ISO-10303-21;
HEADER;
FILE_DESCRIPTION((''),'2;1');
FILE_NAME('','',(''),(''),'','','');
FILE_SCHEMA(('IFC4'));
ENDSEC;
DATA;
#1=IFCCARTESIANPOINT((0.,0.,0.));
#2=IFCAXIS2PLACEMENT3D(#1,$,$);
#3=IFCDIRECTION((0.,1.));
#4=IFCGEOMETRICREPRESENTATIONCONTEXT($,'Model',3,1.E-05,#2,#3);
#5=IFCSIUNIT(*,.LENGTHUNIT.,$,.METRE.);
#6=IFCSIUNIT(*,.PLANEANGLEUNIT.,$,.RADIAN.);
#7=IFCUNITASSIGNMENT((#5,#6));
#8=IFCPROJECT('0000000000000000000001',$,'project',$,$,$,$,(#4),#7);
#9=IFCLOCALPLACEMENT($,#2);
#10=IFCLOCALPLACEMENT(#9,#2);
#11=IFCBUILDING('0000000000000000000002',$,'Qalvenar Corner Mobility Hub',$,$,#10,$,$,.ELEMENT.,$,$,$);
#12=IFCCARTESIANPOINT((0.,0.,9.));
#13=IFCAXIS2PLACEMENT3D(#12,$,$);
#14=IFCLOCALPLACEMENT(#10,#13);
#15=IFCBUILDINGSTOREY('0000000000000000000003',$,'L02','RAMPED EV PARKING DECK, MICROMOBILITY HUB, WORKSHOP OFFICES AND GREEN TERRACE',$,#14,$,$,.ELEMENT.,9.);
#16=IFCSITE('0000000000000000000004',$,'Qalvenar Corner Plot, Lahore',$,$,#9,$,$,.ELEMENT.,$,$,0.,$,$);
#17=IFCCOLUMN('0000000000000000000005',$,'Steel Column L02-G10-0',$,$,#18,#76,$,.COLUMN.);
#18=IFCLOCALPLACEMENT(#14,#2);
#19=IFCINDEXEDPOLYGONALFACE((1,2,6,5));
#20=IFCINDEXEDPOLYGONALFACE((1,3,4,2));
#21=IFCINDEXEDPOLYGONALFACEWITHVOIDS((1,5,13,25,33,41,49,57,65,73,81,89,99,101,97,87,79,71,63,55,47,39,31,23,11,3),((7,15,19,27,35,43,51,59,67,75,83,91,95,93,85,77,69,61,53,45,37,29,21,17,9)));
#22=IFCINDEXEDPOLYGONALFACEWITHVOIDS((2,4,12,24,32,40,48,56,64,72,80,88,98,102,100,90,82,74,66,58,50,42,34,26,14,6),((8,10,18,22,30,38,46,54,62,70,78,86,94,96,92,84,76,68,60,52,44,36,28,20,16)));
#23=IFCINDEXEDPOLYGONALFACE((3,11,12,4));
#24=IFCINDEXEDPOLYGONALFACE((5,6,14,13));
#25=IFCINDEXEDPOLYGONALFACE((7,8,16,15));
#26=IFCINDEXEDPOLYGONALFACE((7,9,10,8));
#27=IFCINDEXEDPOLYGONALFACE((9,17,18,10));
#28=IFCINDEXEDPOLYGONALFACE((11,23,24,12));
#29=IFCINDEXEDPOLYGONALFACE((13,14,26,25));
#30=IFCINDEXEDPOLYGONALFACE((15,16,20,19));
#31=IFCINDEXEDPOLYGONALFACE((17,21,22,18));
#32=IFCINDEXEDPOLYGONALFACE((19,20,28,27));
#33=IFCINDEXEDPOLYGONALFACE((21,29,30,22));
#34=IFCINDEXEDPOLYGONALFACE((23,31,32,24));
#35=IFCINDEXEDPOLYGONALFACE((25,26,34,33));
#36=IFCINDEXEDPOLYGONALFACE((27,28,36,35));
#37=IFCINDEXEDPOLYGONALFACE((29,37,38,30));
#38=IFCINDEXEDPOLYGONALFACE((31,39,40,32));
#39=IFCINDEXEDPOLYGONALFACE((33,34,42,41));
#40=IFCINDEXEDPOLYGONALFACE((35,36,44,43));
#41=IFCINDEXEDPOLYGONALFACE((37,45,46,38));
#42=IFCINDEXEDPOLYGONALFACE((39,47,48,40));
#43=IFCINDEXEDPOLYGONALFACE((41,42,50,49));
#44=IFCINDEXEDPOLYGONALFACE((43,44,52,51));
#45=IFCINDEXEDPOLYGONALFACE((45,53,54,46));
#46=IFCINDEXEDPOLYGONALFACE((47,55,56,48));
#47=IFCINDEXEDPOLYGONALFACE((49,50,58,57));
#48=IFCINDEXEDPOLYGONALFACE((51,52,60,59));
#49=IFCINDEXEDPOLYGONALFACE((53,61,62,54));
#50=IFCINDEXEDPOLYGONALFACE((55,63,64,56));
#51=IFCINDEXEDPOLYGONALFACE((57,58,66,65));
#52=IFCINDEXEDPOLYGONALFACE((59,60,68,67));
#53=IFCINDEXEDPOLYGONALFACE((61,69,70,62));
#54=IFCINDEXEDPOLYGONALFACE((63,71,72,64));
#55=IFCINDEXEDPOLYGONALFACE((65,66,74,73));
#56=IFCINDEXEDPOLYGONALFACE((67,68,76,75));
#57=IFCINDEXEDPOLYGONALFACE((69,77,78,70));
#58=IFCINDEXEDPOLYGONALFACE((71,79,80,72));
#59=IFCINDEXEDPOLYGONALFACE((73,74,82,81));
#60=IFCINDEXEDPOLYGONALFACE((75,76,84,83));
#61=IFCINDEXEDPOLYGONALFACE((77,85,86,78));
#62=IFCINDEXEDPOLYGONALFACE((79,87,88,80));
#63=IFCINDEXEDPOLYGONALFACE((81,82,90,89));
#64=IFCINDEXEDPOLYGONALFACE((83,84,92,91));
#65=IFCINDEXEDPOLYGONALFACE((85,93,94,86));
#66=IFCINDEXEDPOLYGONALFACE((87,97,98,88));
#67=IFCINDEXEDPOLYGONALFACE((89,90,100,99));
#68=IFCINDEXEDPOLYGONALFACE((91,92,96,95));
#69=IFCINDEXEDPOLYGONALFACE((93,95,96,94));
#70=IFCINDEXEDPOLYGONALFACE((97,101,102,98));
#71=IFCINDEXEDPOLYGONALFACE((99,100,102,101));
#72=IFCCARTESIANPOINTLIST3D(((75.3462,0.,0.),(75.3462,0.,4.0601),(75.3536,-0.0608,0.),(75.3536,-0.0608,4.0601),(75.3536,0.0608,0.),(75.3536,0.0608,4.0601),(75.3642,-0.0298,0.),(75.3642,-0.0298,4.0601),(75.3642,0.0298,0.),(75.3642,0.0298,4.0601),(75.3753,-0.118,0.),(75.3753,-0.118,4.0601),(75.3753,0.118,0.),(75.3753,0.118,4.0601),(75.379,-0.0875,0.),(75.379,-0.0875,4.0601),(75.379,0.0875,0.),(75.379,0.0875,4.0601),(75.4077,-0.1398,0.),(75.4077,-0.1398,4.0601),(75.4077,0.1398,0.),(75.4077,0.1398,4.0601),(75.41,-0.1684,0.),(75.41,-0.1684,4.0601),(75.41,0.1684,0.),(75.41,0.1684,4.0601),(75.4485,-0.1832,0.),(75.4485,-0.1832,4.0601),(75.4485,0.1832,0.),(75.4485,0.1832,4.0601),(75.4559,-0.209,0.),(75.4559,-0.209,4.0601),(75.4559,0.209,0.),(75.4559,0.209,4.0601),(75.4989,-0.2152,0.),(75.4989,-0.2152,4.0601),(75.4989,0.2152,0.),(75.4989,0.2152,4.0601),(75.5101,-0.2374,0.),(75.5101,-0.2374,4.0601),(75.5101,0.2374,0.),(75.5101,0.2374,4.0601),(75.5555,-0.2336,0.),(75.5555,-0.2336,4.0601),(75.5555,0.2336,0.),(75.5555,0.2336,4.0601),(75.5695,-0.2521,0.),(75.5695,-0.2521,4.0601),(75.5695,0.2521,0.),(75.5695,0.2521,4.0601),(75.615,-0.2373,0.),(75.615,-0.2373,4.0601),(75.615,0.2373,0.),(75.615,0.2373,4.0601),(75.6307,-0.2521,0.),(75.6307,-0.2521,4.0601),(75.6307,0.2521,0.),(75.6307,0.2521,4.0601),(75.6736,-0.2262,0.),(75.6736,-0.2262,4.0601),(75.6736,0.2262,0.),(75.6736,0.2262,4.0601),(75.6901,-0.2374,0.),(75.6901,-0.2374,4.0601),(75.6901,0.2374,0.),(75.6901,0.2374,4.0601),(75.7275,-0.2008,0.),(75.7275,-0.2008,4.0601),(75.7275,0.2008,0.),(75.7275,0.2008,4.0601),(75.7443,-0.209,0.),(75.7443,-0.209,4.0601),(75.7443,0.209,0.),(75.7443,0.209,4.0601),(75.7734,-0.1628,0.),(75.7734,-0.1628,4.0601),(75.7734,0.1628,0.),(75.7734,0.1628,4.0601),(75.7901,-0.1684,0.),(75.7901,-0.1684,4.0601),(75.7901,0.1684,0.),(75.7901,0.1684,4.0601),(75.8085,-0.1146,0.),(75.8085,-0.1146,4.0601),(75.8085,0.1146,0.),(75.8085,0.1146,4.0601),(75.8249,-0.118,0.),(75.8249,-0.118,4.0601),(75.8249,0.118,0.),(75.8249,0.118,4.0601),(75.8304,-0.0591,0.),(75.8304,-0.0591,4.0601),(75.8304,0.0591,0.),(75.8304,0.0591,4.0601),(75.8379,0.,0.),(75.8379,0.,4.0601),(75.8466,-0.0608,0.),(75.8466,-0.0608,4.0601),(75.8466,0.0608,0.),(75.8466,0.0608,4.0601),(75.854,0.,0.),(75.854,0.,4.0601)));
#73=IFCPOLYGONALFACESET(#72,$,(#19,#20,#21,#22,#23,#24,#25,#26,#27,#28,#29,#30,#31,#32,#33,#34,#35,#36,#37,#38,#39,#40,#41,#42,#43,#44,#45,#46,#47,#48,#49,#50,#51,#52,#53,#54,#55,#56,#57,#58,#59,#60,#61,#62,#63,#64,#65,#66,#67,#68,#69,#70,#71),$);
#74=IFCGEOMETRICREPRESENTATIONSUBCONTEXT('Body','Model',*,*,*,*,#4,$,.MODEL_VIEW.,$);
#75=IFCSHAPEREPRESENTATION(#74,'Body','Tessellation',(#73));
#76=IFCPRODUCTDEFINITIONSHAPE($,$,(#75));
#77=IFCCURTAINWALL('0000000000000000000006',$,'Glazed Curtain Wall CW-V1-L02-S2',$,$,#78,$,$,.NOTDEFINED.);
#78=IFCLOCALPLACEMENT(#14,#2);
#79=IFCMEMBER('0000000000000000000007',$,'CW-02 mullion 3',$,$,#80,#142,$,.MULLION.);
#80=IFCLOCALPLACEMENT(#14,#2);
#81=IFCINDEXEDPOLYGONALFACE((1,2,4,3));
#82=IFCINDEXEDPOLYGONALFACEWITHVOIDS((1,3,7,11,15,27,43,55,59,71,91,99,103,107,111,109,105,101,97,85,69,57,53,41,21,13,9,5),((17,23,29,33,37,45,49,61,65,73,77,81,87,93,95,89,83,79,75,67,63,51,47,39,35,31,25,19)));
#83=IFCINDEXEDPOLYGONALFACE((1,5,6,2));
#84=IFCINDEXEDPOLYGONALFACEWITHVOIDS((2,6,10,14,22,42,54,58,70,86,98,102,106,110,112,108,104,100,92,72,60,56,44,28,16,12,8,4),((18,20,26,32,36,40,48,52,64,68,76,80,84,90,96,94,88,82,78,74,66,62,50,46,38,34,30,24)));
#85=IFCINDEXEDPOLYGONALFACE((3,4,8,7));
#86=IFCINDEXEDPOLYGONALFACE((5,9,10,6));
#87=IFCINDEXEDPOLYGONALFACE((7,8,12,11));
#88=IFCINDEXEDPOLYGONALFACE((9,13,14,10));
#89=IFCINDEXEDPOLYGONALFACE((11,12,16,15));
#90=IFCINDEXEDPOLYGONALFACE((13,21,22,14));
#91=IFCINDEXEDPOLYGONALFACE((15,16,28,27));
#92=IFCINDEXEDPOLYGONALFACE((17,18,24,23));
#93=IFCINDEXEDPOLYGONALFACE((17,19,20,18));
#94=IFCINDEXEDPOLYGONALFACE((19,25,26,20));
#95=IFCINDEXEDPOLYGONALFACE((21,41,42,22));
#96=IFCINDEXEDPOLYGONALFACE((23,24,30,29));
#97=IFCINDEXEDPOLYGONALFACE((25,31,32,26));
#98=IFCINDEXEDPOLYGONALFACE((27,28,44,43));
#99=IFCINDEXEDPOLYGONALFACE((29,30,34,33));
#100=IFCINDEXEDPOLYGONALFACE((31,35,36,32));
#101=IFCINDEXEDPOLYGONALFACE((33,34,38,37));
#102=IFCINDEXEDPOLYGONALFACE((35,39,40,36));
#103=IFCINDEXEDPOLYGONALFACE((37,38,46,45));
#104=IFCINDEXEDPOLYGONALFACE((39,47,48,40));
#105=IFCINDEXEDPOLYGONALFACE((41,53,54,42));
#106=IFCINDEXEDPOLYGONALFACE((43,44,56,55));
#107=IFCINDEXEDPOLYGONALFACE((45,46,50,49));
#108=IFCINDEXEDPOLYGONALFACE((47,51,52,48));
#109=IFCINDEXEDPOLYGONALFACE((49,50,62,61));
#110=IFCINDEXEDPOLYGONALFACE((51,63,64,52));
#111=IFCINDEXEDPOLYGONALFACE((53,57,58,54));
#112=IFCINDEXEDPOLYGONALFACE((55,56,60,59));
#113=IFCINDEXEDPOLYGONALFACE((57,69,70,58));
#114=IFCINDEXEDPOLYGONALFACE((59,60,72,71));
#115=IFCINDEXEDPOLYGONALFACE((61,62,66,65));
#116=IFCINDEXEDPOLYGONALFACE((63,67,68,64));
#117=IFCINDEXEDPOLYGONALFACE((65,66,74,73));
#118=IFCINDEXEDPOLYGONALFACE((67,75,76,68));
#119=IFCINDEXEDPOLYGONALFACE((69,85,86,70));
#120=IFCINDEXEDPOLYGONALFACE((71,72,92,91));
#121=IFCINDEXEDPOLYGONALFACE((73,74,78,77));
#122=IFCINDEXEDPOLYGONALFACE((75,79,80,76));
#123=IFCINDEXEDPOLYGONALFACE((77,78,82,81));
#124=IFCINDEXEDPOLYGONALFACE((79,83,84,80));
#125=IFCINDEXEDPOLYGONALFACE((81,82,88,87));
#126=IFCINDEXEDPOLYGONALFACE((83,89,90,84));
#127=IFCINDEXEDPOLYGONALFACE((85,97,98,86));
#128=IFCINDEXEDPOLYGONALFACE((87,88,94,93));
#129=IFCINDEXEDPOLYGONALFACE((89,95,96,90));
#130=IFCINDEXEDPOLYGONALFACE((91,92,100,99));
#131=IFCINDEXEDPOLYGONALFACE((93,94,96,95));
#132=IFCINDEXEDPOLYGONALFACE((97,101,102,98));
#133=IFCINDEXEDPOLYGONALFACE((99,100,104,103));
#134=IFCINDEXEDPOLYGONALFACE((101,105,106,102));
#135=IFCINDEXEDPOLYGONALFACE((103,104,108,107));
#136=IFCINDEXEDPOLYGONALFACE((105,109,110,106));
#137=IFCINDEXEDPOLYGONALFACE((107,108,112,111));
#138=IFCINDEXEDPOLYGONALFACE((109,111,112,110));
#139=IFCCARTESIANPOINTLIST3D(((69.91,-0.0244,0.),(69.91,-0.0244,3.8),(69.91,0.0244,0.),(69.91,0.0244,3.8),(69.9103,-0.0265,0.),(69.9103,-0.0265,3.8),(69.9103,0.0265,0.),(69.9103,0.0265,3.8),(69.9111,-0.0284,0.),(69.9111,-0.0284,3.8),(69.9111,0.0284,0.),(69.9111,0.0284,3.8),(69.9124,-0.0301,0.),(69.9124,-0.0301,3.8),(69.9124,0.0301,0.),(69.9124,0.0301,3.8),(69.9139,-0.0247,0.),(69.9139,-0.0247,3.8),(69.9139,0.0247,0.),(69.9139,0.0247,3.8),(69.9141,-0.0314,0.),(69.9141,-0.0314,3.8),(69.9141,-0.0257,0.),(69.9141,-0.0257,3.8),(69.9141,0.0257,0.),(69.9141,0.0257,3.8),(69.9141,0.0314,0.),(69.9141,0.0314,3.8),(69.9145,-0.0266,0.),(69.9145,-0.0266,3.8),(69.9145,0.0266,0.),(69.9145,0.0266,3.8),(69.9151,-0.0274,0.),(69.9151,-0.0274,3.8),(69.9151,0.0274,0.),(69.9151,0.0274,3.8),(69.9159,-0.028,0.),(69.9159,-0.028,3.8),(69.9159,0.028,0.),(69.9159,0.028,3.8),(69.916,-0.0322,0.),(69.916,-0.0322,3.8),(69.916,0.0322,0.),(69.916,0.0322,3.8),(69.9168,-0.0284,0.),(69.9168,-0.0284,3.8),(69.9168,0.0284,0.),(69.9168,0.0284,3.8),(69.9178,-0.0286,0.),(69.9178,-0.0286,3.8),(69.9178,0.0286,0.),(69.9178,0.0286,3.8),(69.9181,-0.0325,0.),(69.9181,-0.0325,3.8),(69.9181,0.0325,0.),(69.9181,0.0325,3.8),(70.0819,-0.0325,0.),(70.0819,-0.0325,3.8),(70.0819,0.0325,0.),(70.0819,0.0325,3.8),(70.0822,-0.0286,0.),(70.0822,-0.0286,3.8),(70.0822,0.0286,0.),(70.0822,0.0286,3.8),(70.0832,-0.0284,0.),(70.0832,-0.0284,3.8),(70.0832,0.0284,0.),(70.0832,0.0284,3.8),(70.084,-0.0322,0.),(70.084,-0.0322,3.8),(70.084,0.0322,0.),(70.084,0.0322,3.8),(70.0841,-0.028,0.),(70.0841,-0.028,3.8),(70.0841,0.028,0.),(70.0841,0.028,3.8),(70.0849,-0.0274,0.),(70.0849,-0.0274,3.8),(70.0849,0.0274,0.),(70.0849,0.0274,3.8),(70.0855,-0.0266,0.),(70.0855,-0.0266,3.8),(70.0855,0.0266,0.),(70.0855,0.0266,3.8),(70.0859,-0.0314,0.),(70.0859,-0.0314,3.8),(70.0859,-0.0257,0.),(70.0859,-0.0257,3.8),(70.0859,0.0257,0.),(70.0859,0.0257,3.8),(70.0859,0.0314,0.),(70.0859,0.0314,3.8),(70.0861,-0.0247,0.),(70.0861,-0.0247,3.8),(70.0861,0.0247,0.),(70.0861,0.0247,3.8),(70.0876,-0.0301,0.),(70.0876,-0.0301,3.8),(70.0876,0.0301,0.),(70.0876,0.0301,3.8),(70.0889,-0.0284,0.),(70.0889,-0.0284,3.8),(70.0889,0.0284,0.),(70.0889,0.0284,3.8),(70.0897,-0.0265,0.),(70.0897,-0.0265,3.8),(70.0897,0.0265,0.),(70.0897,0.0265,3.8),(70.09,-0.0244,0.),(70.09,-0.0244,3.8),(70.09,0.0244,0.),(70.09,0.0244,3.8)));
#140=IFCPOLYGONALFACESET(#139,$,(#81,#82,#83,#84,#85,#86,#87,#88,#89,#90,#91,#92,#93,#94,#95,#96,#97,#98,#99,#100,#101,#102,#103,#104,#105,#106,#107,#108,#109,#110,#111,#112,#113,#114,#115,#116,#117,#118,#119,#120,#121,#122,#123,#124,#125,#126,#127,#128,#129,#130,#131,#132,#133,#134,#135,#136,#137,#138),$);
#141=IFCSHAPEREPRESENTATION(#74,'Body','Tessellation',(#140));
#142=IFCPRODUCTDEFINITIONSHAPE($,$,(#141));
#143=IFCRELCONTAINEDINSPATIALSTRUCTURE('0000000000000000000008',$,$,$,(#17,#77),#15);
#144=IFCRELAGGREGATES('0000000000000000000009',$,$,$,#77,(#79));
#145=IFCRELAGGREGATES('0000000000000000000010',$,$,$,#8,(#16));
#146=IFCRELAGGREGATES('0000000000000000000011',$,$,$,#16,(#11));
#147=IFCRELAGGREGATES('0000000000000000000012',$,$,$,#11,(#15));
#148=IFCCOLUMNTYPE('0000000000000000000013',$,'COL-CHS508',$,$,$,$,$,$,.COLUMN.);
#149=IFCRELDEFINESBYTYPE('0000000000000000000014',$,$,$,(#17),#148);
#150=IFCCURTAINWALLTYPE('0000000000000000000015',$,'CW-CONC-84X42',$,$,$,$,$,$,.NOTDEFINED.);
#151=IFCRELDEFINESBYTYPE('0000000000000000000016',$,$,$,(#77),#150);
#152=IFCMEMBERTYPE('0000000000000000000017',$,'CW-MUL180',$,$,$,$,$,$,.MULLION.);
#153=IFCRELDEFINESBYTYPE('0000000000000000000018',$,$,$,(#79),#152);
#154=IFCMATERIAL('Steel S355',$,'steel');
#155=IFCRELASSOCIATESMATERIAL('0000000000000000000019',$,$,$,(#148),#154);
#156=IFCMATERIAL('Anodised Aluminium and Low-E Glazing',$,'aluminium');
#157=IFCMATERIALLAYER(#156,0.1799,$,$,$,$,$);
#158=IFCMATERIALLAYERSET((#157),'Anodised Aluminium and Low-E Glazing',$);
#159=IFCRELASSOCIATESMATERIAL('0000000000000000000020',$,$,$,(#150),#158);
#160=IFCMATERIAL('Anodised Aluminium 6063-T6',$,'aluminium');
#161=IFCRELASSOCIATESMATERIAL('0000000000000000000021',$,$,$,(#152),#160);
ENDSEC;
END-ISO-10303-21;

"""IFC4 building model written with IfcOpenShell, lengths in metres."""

from ifc_helpers import new_model, si_unit, direction, frame, origin, origin_2d, place, context, subcontext, project, spatial, hollow_rectangle, hollow_circle, extrude, material, layer, layer_set, material_profile, profile_set, type_object, element, aggregate, save


model = new_model("IFC4")

# Units and contexts
model_context = context("Model", 3, precision=1e-05, world=origin(), true_north=direction((0.0, 1.0)))
body_context = subcontext(model_context, "Body", "Model", "MODEL_VIEW")
ifc_project = project(units=[si_unit("LENGTHUNIT", "METRE"), si_unit("PLANEANGLEUNIT", "RADIAN")], contexts=[model_context])

# Site, building, storey
site_placement = place(None, origin())
site = spatial("IfcSite", under=ifc_project, at=site_placement, Name="Qalvenar Corner Plot, Lahore", CompositionType="ELEMENT", RefElevation=0.0)
building_placement = place(site_placement, origin())
building = spatial("IfcBuilding", under=site, at=building_placement, Name="Qalvenar Corner Mobility Hub", CompositionType="ELEMENT")
storey_placement = place(building_placement, frame((0.0, 0.0, 9.0)))
storey = spatial("IfcBuildingStorey", under=building, at=storey_placement, Name="L02", Description="RAMPED EV PARKING DECK, MICROMOBILITY HUB, WORKSHOP OFFICES AND GREEN TERRACE", CompositionType="ELEMENT", Elevation=9.0)

# Column
ifc_material_1 = material(Name="Steel S355", Category="steel")
ifc_material_profile_1 = material_profile(ifc_material_1, hollow_circle(Radius=0.2539, WallThickness=0.0161, at=origin_2d()), Name="CHS508x16")
ifc_profile_set_1 = profile_set([ifc_material_profile_1], Name="Steel S355")
column_type = type_object("IfcColumnType", Name="COL-CHS508", PredefinedType="COLUMN", material=ifc_profile_set_1)
column_placement = place(storey_placement, frame((75.6001, 0.0, 0.0), z_axis=(0.0, 0.0, 1.0), x_axis=(1.0, 0.0, 0.0)))
element("IfcColumn", 1, at=column_placement, inside=storey, type_object=column_type, Name="Steel Column L02-G10-0", PredefinedType="COLUMN", context=body_context, shape_type="SweptSolid", body=[
    extrude(hollow_circle(Radius=0.2539, WallThickness=0.0161, at=origin_2d()), origin(), (0.0, 0.0, 1.0), 4.0601),
])

# Curtain wall, member
ifc_material_2 = material(Name="Anodised Aluminium and Low-E Glazing", Category="aluminium")
ifc_layer_1 = layer(ifc_material_2, 0.1799)
ifc_layer_set_1 = layer_set([ifc_layer_1], Name="Anodised Aluminium and Low-E Glazing")
curtain_wall_type = type_object("IfcCurtainWallType", Name="CW-CONC-84X42", PredefinedType="NOTDEFINED", material=ifc_layer_set_1)
curtain_wall_placement = place(storey_placement, origin())
curtain_wall = element("IfcCurtainWall", 2, at=curtain_wall_placement, inside=storey, type_object=curtain_wall_type, Name="Glazed Curtain Wall CW-V1-L02-S2", PredefinedType="NOTDEFINED")
ifc_material_3 = material(Name="Anodised Aluminium 6063-T6", Category="aluminium")
ifc_material_profile_2 = material_profile(ifc_material_3, hollow_rectangle(XDim=0.0649, YDim=0.1799, WallThickness=0.0039, InnerFilletRadius=0.0039, OuterFilletRadius=0.0081, at=origin_2d()), Name="RHS180x65x4")
ifc_profile_set_2 = profile_set([ifc_material_profile_2], Name="Anodised Aluminium 6063-T6")
member_type_1 = type_object("IfcMemberType", Name="CW-MUL180", PredefinedType="MULLION", material=ifc_profile_set_2)
member_1_placement = place(storey_placement, frame((70.0, 0.0, 0.0), z_axis=(0.0, 0.0, 1.0), x_axis=(0.0, 1.0, 0.0)))
member_1 = element("IfcMember", 3, at=member_1_placement, type_object=member_type_1, Name="CW-02 mullion 3", PredefinedType="MULLION", context=body_context, shape_type="SweptSolid", body=[
    extrude(hollow_rectangle(XDim=0.0649, YDim=0.1799, WallThickness=0.0039, InnerFilletRadius=0.0039, OuterFilletRadius=0.0081, at=origin_2d()), origin(), (0.0, 0.0, 1.0), 3.8),
])
aggregate(curtain_wall, [member_1])

save(model, "model.ifc")
